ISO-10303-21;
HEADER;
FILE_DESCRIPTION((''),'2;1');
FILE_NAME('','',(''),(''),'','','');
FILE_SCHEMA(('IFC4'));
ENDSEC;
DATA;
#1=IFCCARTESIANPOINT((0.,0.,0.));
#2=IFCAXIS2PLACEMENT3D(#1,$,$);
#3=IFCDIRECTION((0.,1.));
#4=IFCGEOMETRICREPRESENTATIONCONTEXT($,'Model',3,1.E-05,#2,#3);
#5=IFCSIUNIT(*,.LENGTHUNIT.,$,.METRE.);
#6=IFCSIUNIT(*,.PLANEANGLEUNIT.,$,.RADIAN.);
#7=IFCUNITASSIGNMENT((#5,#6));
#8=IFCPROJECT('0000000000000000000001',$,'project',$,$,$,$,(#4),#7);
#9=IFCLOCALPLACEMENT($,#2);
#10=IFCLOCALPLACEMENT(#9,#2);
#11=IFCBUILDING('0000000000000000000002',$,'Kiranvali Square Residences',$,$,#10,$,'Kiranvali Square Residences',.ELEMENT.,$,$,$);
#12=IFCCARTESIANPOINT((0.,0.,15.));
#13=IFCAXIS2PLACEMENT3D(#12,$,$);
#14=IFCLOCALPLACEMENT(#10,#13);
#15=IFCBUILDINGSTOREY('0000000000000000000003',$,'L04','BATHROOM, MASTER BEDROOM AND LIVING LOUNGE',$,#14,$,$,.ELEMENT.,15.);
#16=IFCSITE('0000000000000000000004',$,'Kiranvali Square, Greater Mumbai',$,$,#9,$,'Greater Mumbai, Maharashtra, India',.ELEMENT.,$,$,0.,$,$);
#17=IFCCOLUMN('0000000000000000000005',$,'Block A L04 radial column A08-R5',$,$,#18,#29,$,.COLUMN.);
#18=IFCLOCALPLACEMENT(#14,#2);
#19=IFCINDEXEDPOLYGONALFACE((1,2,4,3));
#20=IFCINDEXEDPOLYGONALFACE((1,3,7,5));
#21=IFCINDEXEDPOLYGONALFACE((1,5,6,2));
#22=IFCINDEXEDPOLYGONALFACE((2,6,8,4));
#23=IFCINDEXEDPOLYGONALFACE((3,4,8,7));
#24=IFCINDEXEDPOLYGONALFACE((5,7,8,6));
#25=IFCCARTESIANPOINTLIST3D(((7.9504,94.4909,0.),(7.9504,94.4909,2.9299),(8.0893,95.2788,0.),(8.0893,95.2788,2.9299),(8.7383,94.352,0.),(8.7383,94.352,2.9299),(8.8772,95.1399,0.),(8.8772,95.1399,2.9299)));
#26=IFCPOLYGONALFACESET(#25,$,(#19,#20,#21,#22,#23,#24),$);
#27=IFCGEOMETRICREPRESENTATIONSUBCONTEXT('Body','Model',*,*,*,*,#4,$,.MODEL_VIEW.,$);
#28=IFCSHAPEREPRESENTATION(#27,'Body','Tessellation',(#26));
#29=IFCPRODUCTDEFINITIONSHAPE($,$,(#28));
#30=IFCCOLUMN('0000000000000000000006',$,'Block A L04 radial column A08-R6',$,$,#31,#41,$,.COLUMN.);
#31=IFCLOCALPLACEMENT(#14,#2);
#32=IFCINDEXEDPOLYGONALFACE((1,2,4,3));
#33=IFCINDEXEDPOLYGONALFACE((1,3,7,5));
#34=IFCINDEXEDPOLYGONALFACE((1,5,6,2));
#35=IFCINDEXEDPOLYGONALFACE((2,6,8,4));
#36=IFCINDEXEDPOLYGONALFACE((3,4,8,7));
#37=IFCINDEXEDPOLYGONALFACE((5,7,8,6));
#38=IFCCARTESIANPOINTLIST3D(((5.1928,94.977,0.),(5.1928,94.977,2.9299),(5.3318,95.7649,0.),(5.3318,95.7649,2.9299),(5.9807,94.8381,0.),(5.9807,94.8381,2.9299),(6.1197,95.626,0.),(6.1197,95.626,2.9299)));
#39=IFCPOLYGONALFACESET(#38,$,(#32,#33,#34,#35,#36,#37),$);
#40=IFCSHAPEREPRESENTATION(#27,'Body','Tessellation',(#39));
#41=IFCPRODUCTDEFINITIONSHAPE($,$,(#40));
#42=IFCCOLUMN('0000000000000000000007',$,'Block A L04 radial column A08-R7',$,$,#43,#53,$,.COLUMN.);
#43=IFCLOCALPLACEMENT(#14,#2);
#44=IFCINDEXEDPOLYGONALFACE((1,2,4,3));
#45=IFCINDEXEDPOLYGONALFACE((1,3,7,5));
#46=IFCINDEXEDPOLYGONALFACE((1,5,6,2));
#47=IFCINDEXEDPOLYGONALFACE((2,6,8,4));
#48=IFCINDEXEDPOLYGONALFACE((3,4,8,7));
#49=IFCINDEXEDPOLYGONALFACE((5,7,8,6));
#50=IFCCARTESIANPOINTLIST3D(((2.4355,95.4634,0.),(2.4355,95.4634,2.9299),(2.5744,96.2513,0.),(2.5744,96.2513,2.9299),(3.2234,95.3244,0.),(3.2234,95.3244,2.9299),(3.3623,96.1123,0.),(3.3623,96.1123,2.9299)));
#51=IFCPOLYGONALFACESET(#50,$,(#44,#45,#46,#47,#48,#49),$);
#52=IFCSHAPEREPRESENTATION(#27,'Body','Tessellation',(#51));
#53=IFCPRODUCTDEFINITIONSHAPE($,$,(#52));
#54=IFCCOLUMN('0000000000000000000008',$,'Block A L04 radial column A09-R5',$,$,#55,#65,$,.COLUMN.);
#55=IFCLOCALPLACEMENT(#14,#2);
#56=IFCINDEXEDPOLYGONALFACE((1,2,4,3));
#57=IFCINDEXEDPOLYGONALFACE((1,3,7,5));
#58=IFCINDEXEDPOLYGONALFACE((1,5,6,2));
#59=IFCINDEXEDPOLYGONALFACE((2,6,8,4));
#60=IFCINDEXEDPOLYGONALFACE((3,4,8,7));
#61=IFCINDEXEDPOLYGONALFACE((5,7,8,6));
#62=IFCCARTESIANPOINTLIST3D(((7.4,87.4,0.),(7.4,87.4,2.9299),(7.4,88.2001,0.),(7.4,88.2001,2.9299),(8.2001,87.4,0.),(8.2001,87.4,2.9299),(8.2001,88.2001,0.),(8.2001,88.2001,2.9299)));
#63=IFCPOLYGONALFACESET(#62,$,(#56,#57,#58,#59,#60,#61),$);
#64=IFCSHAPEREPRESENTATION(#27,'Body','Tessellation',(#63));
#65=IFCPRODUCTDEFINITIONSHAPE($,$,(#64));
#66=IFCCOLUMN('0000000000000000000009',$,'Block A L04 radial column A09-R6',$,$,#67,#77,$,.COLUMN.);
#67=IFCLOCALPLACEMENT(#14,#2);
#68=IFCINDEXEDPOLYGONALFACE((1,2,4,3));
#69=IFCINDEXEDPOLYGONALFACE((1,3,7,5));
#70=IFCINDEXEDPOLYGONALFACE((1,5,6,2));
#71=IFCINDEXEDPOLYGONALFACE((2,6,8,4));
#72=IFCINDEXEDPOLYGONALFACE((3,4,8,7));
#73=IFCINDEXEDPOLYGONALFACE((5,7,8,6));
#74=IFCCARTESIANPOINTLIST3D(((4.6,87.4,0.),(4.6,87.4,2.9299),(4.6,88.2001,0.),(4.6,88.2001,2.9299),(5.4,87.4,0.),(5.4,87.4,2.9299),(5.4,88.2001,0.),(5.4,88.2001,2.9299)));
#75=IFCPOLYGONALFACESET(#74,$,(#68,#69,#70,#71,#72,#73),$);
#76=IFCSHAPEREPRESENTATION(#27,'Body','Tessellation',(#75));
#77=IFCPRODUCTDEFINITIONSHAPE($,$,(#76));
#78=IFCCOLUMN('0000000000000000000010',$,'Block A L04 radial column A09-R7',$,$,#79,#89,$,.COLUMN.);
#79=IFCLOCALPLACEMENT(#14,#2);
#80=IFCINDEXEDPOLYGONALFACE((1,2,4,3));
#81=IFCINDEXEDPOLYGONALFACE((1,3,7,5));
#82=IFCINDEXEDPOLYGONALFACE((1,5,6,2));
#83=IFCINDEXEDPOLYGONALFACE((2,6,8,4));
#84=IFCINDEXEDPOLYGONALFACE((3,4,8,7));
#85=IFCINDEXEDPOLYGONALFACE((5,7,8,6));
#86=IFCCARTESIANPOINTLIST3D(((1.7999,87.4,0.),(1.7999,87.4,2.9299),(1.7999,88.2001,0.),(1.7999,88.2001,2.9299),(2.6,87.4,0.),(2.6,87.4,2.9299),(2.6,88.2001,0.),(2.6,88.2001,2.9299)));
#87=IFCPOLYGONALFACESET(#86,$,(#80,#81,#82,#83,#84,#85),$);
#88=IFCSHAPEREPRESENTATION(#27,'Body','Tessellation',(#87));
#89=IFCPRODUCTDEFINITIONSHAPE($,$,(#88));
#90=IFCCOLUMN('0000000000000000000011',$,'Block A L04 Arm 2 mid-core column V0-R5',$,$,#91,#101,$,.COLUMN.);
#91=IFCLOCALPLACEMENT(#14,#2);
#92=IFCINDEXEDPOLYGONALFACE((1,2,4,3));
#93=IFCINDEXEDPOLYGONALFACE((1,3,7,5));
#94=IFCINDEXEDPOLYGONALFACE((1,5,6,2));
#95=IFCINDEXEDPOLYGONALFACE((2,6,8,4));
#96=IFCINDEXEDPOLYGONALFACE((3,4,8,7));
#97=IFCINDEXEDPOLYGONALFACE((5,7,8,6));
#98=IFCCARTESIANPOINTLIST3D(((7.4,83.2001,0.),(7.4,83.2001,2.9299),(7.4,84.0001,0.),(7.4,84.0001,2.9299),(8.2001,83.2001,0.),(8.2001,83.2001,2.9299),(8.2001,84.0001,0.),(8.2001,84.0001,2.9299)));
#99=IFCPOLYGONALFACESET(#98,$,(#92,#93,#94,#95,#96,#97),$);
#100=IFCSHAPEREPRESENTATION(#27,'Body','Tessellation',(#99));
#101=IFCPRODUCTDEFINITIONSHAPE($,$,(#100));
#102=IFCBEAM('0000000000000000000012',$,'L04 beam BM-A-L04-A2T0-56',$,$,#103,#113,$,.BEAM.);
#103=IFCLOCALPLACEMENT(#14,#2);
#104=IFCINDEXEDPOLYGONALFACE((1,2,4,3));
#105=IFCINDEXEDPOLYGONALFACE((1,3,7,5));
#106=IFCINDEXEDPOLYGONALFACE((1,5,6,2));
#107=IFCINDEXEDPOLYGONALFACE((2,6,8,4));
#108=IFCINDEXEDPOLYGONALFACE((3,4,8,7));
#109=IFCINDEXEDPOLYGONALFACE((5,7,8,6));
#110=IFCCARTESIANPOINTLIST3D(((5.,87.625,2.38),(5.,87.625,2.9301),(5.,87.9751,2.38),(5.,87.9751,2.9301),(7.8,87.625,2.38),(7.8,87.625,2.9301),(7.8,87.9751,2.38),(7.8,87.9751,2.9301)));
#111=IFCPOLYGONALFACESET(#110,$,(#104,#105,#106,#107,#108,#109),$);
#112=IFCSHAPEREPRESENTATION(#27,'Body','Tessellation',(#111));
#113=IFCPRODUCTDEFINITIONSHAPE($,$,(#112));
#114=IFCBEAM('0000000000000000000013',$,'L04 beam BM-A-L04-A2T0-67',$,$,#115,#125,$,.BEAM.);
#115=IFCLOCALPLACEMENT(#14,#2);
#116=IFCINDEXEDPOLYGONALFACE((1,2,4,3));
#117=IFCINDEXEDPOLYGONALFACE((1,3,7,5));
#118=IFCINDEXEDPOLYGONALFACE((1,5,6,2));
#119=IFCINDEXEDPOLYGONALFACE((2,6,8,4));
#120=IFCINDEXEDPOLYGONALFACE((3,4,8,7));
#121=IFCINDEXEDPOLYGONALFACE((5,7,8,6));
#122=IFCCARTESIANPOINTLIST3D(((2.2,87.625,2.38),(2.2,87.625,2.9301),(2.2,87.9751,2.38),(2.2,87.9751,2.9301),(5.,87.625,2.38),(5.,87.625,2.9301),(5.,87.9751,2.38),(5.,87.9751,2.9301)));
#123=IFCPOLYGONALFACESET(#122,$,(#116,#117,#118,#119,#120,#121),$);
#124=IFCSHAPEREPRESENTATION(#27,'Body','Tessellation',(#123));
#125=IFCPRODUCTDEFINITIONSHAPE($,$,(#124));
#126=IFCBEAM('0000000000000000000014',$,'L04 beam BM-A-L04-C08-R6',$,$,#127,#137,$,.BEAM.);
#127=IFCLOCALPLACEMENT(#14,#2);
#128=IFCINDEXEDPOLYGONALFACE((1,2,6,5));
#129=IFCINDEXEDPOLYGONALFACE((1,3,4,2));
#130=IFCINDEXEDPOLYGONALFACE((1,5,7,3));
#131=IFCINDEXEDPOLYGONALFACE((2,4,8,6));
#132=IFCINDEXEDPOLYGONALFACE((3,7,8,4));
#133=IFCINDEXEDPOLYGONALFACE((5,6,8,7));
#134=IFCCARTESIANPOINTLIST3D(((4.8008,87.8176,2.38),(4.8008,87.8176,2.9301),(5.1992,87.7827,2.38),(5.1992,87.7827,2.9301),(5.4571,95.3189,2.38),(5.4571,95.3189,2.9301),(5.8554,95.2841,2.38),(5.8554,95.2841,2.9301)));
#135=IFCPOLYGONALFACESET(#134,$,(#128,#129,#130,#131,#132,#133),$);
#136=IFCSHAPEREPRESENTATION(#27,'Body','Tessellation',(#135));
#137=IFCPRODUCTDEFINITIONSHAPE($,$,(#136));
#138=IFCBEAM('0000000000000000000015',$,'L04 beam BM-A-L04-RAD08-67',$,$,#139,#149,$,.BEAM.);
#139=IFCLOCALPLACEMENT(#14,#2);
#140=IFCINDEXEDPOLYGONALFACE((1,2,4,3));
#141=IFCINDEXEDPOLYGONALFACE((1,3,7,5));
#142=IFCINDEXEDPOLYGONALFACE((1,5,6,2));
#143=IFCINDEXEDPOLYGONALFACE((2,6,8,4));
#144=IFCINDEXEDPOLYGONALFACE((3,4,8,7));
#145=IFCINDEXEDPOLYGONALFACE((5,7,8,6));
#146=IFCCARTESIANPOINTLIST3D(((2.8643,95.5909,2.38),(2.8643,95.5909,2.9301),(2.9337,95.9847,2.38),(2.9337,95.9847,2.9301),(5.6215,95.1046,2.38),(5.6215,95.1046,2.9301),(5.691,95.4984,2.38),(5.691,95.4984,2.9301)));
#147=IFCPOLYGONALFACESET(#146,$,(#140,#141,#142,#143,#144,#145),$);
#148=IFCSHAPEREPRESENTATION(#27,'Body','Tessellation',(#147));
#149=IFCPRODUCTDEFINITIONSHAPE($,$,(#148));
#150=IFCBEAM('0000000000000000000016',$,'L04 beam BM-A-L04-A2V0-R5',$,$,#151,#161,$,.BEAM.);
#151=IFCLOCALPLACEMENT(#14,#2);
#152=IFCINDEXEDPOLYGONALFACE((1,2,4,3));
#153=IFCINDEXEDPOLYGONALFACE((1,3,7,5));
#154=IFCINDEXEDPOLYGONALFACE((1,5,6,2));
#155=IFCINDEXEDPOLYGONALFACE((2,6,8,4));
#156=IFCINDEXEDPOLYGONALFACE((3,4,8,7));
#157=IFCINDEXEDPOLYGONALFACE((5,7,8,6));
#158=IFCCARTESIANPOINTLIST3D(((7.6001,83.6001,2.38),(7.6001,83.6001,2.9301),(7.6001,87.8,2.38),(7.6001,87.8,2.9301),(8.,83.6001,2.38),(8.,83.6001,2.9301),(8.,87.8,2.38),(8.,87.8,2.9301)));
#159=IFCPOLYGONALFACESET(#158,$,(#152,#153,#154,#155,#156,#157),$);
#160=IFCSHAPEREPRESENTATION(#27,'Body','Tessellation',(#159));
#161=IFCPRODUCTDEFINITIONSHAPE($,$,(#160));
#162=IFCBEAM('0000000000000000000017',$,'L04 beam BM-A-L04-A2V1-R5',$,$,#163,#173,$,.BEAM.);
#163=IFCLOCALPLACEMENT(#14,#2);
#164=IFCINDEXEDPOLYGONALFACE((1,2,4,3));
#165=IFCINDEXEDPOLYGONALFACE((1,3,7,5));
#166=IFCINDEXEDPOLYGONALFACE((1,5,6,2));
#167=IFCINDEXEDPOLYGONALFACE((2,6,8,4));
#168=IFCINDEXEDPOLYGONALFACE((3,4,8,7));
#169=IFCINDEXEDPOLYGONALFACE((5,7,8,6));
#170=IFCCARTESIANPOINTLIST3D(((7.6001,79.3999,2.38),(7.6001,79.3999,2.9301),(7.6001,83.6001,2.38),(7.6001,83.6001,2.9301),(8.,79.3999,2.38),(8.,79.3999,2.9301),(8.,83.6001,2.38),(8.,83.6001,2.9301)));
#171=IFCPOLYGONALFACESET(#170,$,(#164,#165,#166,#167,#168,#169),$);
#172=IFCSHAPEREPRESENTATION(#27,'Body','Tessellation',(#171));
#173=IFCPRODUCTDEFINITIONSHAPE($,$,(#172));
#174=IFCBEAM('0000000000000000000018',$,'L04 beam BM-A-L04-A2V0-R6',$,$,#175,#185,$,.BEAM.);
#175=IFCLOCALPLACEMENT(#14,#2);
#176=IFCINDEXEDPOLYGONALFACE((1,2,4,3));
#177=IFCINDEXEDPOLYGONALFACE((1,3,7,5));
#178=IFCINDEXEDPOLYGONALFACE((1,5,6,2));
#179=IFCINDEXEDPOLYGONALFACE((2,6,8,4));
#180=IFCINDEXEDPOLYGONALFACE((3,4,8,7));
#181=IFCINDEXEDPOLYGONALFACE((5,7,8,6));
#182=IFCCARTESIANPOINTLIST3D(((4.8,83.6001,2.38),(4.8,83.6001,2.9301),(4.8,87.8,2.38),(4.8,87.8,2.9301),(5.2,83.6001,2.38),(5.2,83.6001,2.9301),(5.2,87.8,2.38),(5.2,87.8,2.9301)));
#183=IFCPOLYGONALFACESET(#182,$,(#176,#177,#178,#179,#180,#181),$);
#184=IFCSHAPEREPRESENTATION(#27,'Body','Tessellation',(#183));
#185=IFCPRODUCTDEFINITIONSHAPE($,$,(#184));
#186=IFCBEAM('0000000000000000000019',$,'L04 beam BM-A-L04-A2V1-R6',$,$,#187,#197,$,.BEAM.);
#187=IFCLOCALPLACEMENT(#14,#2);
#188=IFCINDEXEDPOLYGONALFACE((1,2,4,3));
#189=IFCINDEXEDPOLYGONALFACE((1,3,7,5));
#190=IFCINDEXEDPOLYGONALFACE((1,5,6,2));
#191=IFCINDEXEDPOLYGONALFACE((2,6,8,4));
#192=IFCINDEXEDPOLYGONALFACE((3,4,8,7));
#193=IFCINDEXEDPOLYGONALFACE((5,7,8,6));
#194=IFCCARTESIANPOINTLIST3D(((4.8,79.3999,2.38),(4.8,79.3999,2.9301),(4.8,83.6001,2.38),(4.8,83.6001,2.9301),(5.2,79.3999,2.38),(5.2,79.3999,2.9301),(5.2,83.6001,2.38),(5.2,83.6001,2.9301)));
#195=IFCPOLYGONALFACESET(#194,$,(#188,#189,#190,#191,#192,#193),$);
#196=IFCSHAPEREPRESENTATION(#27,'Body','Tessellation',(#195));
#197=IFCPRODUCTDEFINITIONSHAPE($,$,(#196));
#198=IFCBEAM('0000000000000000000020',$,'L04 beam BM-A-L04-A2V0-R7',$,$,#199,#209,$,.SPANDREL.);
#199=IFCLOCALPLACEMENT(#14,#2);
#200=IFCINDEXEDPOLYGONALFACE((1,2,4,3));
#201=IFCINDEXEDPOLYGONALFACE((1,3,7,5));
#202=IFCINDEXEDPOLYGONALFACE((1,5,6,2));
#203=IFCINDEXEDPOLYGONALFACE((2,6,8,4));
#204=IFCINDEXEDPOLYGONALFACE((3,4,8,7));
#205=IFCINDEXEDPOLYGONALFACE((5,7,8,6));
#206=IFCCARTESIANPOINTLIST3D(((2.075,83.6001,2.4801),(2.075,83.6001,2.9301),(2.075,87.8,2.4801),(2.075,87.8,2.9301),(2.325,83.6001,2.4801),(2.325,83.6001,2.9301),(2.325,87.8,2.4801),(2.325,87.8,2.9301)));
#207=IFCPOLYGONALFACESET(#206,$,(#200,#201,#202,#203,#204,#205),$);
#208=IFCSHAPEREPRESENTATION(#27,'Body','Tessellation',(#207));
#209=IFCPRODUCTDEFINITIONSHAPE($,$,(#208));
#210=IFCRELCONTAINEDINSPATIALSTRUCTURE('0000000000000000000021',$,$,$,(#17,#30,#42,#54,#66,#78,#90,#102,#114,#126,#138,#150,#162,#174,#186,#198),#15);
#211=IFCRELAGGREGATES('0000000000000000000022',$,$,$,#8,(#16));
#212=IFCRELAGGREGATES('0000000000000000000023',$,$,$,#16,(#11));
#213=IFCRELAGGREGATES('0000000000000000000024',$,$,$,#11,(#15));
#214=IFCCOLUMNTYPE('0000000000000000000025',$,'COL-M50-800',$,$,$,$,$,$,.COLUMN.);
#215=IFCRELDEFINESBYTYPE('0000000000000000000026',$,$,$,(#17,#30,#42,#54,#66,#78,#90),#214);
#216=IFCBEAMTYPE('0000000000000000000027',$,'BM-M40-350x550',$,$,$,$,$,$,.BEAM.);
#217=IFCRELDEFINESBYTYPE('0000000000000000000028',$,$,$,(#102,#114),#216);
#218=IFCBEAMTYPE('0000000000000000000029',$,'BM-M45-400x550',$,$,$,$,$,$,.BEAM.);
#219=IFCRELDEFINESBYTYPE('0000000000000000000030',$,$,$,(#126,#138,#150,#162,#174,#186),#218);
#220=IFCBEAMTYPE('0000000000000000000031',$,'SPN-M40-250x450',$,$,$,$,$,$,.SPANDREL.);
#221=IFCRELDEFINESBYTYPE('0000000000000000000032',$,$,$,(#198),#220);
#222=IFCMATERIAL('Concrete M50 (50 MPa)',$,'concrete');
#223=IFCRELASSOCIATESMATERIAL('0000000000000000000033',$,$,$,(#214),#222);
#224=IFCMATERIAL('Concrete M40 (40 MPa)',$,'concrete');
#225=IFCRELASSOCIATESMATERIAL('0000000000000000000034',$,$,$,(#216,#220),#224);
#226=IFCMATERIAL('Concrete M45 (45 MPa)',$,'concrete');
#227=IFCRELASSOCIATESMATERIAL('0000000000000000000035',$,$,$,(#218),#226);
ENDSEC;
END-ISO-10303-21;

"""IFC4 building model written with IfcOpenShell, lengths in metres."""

from ifc_helpers import new_model, si_unit, direction, frame, origin, origin_2d, place, context, subcontext, project, spatial, rectangle, extrude, material, material_profile, profile_set, type_object, element, save


model = new_model("IFC4")

# Units and contexts
model_context = context("Model", 3, precision=1e-05, world=origin(), true_north=direction((0.0, 1.0)))
body_context = subcontext(model_context, "Body", "Model", "MODEL_VIEW")
ifc_project = project(units=[si_unit("LENGTHUNIT", "METRE"), si_unit("PLANEANGLEUNIT", "RADIAN")], contexts=[model_context])

# Site, building, storey
site_placement = place(None, origin())
site = spatial("IfcSite", under=ifc_project, at=site_placement, Name="Kiranvali Square, Greater Mumbai", LongName="Greater Mumbai, Maharashtra, India", CompositionType="ELEMENT", RefElevation=0.0)
building_placement = place(site_placement, origin())
building = spatial("IfcBuilding", under=site, at=building_placement, Name="Kiranvali Square Residences", LongName="Kiranvali Square Residences", CompositionType="ELEMENT")
storey_placement = place(building_placement, frame((0.0, 0.0, 15.0)))
storey = spatial("IfcBuildingStorey", under=building, at=storey_placement, Name="L04", Description="BATHROOM, MASTER BEDROOM AND LIVING LOUNGE", CompositionType="ELEMENT", Elevation=15.0)

# Columns
ifc_material_1 = material(Name="Concrete M50 (50 MPa)", Category="concrete")
ifc_material_profile_1 = material_profile(ifc_material_1, rectangle(XDim=0.8, YDim=0.8, at=origin_2d()), Name="RC 800x800")
ifc_profile_set_1 = profile_set([ifc_material_profile_1], Name="Concrete M50 (50 MPa)")
column_type = type_object("IfcColumnType", Name="COL-M50-800", PredefinedType="COLUMN", material=ifc_profile_set_1)
for number, where, z_axis, x_axis, name in (
    (1, (8.4138, 94.8154, 0.0), (0.0, 0.0, 1.0), (0.173648, 0.984808, 0.0), "Block A L04 radial column A08-R5"),
    (2, (5.6562, 95.3015, 0.0), (0.0, 0.0, 1.0), (0.173648, 0.984808, 0.0), "Block A L04 radial column A08-R6"),
    (3, (2.8989, 95.7878, 0.0), (0.0, 0.0, 1.0), (0.173648, 0.984808, 0.0), "Block A L04 radial column A08-R7"),
    (4, (7.8, 87.8, 0.0), (0.0, 0.0, 1.0), (0.0, 1.0, 0.0), "Block A L04 radial column A09-R5"),
    (5, (5.0, 87.8, 0.0), (0.0, 0.0, 1.0), (0.0, 1.0, 0.0), "Block A L04 radial column A09-R6"),
    (6, (2.2, 87.8, 0.0), (0.0, 0.0, 1.0), (0.0, 1.0, 0.0), "Block A L04 radial column A09-R7"),
    (7, (7.8, 83.6001, 0.0), (0.0, 0.0, 1.0), (1.0, 0.0, 0.0), "Block A L04 Arm 2 mid-core column V0-R5"),
):
    element("IfcColumn", number, at=place(storey_placement, frame(where, z_axis=z_axis, x_axis=x_axis)), inside=storey, type_object=column_type, Name=name, PredefinedType="COLUMN", context=body_context, shape_type="SweptSolid", body=[
        extrude(rectangle(XDim=0.8, YDim=0.8, at=origin_2d()), origin(), (0.0, 0.0, 1.0), 2.9299),
    ])

# Beams
ifc_material_2 = material(Name="Concrete M40 (40 MPa)", Category="concrete")
ifc_material_profile_2 = material_profile(ifc_material_2, rectangle(XDim=0.3501, YDim=0.55, at=origin_2d()), Name="RC 350x550")
ifc_profile_set_2 = profile_set([ifc_material_profile_2], Name="Concrete M40 (40 MPa)")
beam_type_1 = type_object("IfcBeamType", Name="BM-M40-350x550", PredefinedType="BEAM", material=ifc_profile_set_2)
for number, where, z_axis, x_axis, name in (
    (8, (7.8, 87.8, 2.655), (-1.0, 0.0, 0.0), (0.0, -1.0, 0.0), "L04 beam BM-A-L04-A2T0-56"),
    (9, (5.0, 87.8, 2.655), (-1.0, 0.0, 0.0), (0.0, -1.0, 0.0), "L04 beam BM-A-L04-A2T0-67"),
):
    element("IfcBeam", number, at=place(storey_placement, frame(where, z_axis=z_axis, x_axis=x_axis)), inside=storey, type_object=beam_type_1, Name=name, PredefinedType="BEAM", context=body_context, shape_type="SweptSolid", body=[
        extrude(rectangle(XDim=0.3501, YDim=0.55, at=origin_2d()), origin(), (0.0, 0.0, 1.0), 2.8),
    ])
ifc_material_3 = material(Name="Concrete M45 (45 MPa)", Category="concrete")
ifc_material_profile_3 = material_profile(ifc_material_3, rectangle(XDim=0.3999, YDim=0.55, at=origin_2d()), Name="RC 400x550")
ifc_profile_set_3 = profile_set([ifc_material_profile_3], Name="Concrete M45 (45 MPa)")
beam_type_2 = type_object("IfcBeamType", Name="BM-M45-400x550", PredefinedType="BEAM", material=ifc_profile_set_3)
beam_1_placement = place(storey_placement, frame((5.6562, 95.3015, 2.655), z_axis=(-0.08715, -0.996195, 0.0), x_axis=(0.996195, -0.08715, 0.0)))
element("IfcBeam", 10, at=beam_1_placement, inside=storey, type_object=beam_type_2, Name="L04 beam BM-A-L04-C08-R6", PredefinedType="BEAM", context=body_context, shape_type="SweptSolid", body=[
    extrude(rectangle(XDim=0.3999, YDim=0.55, at=origin_2d()), origin(), (0.0, 0.0, 1.0), 7.53),
])
beam_2_placement = place(storey_placement, frame((5.6562, 95.3015, 2.655), z_axis=(-0.984799, 0.173696, 0.0), x_axis=(-0.173696, -0.984799, 0.0)))
element("IfcBeam", 11, at=beam_2_placement, inside=storey, type_object=beam_type_2, Name="L04 beam BM-A-L04-RAD08-67", PredefinedType="BEAM", context=body_context, shape_type="SweptSolid", body=[
    extrude(rectangle(XDim=0.3999, YDim=0.55, at=origin_2d()), origin(), (0.0, 0.0, 1.0), 2.7998),
])
beam_3_placement = place(storey_placement, frame((7.8, 87.8, 2.655), z_axis=(0.0, -1.0, 0.0), x_axis=(1.0, 0.0, 0.0)))
element("IfcBeam", 12, at=beam_3_placement, inside=storey, type_object=beam_type_2, Name="L04 beam BM-A-L04-A2V0-R5", PredefinedType="BEAM", context=body_context, shape_type="SweptSolid", body=[
    extrude(rectangle(XDim=0.3999, YDim=0.55, at=origin_2d()), origin(), (0.0, 0.0, 1.0), 4.2),
])
beam_4_placement = place(storey_placement, frame((7.8, 83.6001, 2.655), z_axis=(0.0, -1.0, 0.0), x_axis=(1.0, 0.0, 0.0)))
element("IfcBeam", 13, at=beam_4_placement, inside=storey, type_object=beam_type_2, Name="L04 beam BM-A-L04-A2V1-R5", PredefinedType="BEAM", context=body_context, shape_type="SweptSolid", body=[
    extrude(rectangle(XDim=0.3999, YDim=0.55, at=origin_2d()), origin(), (0.0, 0.0, 1.0), 4.2002),
])
beam_5_placement = place(storey_placement, frame((5.0, 87.8, 2.655), z_axis=(0.0, -1.0, 0.0), x_axis=(1.0, 0.0, 0.0)))
element("IfcBeam", 14, at=beam_5_placement, inside=storey, type_object=beam_type_2, Name="L04 beam BM-A-L04-A2V0-R6", PredefinedType="BEAM", context=body_context, shape_type="SweptSolid", body=[
    extrude(rectangle(XDim=0.3999, YDim=0.55, at=origin_2d()), origin(), (0.0, 0.0, 1.0), 4.2),
])
beam_6_placement = place(storey_placement, frame((5.0, 83.6001, 2.655), z_axis=(0.0, -1.0, 0.0), x_axis=(1.0, 0.0, 0.0)))
element("IfcBeam", 15, at=beam_6_placement, inside=storey, type_object=beam_type_2, Name="L04 beam BM-A-L04-A2V1-R6", PredefinedType="BEAM", context=body_context, shape_type="SweptSolid", body=[
    extrude(rectangle(XDim=0.3999, YDim=0.55, at=origin_2d()), origin(), (0.0, 0.0, 1.0), 4.2002),
])
ifc_material_profile_4 = material_profile(ifc_material_2, rectangle(XDim=0.25, YDim=0.45, at=origin_2d()), Name="RC 250x450")
ifc_profile_set_4 = profile_set([ifc_material_profile_4], Name="Concrete M40 (40 MPa)")
beam_type_3 = type_object("IfcBeamType", Name="SPN-M40-250x450", PredefinedType="SPANDREL", material=ifc_profile_set_4)
beam_7_placement = place(storey_placement, frame((2.2, 87.8, 2.7051), z_axis=(0.0, -1.0, 0.0), x_axis=(1.0, 0.0, 0.0)))
element("IfcBeam", 16, at=beam_7_placement, inside=storey, type_object=beam_type_3, Name="L04 beam BM-A-L04-A2V0-R7", PredefinedType="SPANDREL", context=body_context, shape_type="SweptSolid", body=[
    extrude(rectangle(XDim=0.25, YDim=0.45, at=origin_2d()), origin(), (0.0, 0.0, 1.0), 4.2),
])

save(model, "model.ifc")
